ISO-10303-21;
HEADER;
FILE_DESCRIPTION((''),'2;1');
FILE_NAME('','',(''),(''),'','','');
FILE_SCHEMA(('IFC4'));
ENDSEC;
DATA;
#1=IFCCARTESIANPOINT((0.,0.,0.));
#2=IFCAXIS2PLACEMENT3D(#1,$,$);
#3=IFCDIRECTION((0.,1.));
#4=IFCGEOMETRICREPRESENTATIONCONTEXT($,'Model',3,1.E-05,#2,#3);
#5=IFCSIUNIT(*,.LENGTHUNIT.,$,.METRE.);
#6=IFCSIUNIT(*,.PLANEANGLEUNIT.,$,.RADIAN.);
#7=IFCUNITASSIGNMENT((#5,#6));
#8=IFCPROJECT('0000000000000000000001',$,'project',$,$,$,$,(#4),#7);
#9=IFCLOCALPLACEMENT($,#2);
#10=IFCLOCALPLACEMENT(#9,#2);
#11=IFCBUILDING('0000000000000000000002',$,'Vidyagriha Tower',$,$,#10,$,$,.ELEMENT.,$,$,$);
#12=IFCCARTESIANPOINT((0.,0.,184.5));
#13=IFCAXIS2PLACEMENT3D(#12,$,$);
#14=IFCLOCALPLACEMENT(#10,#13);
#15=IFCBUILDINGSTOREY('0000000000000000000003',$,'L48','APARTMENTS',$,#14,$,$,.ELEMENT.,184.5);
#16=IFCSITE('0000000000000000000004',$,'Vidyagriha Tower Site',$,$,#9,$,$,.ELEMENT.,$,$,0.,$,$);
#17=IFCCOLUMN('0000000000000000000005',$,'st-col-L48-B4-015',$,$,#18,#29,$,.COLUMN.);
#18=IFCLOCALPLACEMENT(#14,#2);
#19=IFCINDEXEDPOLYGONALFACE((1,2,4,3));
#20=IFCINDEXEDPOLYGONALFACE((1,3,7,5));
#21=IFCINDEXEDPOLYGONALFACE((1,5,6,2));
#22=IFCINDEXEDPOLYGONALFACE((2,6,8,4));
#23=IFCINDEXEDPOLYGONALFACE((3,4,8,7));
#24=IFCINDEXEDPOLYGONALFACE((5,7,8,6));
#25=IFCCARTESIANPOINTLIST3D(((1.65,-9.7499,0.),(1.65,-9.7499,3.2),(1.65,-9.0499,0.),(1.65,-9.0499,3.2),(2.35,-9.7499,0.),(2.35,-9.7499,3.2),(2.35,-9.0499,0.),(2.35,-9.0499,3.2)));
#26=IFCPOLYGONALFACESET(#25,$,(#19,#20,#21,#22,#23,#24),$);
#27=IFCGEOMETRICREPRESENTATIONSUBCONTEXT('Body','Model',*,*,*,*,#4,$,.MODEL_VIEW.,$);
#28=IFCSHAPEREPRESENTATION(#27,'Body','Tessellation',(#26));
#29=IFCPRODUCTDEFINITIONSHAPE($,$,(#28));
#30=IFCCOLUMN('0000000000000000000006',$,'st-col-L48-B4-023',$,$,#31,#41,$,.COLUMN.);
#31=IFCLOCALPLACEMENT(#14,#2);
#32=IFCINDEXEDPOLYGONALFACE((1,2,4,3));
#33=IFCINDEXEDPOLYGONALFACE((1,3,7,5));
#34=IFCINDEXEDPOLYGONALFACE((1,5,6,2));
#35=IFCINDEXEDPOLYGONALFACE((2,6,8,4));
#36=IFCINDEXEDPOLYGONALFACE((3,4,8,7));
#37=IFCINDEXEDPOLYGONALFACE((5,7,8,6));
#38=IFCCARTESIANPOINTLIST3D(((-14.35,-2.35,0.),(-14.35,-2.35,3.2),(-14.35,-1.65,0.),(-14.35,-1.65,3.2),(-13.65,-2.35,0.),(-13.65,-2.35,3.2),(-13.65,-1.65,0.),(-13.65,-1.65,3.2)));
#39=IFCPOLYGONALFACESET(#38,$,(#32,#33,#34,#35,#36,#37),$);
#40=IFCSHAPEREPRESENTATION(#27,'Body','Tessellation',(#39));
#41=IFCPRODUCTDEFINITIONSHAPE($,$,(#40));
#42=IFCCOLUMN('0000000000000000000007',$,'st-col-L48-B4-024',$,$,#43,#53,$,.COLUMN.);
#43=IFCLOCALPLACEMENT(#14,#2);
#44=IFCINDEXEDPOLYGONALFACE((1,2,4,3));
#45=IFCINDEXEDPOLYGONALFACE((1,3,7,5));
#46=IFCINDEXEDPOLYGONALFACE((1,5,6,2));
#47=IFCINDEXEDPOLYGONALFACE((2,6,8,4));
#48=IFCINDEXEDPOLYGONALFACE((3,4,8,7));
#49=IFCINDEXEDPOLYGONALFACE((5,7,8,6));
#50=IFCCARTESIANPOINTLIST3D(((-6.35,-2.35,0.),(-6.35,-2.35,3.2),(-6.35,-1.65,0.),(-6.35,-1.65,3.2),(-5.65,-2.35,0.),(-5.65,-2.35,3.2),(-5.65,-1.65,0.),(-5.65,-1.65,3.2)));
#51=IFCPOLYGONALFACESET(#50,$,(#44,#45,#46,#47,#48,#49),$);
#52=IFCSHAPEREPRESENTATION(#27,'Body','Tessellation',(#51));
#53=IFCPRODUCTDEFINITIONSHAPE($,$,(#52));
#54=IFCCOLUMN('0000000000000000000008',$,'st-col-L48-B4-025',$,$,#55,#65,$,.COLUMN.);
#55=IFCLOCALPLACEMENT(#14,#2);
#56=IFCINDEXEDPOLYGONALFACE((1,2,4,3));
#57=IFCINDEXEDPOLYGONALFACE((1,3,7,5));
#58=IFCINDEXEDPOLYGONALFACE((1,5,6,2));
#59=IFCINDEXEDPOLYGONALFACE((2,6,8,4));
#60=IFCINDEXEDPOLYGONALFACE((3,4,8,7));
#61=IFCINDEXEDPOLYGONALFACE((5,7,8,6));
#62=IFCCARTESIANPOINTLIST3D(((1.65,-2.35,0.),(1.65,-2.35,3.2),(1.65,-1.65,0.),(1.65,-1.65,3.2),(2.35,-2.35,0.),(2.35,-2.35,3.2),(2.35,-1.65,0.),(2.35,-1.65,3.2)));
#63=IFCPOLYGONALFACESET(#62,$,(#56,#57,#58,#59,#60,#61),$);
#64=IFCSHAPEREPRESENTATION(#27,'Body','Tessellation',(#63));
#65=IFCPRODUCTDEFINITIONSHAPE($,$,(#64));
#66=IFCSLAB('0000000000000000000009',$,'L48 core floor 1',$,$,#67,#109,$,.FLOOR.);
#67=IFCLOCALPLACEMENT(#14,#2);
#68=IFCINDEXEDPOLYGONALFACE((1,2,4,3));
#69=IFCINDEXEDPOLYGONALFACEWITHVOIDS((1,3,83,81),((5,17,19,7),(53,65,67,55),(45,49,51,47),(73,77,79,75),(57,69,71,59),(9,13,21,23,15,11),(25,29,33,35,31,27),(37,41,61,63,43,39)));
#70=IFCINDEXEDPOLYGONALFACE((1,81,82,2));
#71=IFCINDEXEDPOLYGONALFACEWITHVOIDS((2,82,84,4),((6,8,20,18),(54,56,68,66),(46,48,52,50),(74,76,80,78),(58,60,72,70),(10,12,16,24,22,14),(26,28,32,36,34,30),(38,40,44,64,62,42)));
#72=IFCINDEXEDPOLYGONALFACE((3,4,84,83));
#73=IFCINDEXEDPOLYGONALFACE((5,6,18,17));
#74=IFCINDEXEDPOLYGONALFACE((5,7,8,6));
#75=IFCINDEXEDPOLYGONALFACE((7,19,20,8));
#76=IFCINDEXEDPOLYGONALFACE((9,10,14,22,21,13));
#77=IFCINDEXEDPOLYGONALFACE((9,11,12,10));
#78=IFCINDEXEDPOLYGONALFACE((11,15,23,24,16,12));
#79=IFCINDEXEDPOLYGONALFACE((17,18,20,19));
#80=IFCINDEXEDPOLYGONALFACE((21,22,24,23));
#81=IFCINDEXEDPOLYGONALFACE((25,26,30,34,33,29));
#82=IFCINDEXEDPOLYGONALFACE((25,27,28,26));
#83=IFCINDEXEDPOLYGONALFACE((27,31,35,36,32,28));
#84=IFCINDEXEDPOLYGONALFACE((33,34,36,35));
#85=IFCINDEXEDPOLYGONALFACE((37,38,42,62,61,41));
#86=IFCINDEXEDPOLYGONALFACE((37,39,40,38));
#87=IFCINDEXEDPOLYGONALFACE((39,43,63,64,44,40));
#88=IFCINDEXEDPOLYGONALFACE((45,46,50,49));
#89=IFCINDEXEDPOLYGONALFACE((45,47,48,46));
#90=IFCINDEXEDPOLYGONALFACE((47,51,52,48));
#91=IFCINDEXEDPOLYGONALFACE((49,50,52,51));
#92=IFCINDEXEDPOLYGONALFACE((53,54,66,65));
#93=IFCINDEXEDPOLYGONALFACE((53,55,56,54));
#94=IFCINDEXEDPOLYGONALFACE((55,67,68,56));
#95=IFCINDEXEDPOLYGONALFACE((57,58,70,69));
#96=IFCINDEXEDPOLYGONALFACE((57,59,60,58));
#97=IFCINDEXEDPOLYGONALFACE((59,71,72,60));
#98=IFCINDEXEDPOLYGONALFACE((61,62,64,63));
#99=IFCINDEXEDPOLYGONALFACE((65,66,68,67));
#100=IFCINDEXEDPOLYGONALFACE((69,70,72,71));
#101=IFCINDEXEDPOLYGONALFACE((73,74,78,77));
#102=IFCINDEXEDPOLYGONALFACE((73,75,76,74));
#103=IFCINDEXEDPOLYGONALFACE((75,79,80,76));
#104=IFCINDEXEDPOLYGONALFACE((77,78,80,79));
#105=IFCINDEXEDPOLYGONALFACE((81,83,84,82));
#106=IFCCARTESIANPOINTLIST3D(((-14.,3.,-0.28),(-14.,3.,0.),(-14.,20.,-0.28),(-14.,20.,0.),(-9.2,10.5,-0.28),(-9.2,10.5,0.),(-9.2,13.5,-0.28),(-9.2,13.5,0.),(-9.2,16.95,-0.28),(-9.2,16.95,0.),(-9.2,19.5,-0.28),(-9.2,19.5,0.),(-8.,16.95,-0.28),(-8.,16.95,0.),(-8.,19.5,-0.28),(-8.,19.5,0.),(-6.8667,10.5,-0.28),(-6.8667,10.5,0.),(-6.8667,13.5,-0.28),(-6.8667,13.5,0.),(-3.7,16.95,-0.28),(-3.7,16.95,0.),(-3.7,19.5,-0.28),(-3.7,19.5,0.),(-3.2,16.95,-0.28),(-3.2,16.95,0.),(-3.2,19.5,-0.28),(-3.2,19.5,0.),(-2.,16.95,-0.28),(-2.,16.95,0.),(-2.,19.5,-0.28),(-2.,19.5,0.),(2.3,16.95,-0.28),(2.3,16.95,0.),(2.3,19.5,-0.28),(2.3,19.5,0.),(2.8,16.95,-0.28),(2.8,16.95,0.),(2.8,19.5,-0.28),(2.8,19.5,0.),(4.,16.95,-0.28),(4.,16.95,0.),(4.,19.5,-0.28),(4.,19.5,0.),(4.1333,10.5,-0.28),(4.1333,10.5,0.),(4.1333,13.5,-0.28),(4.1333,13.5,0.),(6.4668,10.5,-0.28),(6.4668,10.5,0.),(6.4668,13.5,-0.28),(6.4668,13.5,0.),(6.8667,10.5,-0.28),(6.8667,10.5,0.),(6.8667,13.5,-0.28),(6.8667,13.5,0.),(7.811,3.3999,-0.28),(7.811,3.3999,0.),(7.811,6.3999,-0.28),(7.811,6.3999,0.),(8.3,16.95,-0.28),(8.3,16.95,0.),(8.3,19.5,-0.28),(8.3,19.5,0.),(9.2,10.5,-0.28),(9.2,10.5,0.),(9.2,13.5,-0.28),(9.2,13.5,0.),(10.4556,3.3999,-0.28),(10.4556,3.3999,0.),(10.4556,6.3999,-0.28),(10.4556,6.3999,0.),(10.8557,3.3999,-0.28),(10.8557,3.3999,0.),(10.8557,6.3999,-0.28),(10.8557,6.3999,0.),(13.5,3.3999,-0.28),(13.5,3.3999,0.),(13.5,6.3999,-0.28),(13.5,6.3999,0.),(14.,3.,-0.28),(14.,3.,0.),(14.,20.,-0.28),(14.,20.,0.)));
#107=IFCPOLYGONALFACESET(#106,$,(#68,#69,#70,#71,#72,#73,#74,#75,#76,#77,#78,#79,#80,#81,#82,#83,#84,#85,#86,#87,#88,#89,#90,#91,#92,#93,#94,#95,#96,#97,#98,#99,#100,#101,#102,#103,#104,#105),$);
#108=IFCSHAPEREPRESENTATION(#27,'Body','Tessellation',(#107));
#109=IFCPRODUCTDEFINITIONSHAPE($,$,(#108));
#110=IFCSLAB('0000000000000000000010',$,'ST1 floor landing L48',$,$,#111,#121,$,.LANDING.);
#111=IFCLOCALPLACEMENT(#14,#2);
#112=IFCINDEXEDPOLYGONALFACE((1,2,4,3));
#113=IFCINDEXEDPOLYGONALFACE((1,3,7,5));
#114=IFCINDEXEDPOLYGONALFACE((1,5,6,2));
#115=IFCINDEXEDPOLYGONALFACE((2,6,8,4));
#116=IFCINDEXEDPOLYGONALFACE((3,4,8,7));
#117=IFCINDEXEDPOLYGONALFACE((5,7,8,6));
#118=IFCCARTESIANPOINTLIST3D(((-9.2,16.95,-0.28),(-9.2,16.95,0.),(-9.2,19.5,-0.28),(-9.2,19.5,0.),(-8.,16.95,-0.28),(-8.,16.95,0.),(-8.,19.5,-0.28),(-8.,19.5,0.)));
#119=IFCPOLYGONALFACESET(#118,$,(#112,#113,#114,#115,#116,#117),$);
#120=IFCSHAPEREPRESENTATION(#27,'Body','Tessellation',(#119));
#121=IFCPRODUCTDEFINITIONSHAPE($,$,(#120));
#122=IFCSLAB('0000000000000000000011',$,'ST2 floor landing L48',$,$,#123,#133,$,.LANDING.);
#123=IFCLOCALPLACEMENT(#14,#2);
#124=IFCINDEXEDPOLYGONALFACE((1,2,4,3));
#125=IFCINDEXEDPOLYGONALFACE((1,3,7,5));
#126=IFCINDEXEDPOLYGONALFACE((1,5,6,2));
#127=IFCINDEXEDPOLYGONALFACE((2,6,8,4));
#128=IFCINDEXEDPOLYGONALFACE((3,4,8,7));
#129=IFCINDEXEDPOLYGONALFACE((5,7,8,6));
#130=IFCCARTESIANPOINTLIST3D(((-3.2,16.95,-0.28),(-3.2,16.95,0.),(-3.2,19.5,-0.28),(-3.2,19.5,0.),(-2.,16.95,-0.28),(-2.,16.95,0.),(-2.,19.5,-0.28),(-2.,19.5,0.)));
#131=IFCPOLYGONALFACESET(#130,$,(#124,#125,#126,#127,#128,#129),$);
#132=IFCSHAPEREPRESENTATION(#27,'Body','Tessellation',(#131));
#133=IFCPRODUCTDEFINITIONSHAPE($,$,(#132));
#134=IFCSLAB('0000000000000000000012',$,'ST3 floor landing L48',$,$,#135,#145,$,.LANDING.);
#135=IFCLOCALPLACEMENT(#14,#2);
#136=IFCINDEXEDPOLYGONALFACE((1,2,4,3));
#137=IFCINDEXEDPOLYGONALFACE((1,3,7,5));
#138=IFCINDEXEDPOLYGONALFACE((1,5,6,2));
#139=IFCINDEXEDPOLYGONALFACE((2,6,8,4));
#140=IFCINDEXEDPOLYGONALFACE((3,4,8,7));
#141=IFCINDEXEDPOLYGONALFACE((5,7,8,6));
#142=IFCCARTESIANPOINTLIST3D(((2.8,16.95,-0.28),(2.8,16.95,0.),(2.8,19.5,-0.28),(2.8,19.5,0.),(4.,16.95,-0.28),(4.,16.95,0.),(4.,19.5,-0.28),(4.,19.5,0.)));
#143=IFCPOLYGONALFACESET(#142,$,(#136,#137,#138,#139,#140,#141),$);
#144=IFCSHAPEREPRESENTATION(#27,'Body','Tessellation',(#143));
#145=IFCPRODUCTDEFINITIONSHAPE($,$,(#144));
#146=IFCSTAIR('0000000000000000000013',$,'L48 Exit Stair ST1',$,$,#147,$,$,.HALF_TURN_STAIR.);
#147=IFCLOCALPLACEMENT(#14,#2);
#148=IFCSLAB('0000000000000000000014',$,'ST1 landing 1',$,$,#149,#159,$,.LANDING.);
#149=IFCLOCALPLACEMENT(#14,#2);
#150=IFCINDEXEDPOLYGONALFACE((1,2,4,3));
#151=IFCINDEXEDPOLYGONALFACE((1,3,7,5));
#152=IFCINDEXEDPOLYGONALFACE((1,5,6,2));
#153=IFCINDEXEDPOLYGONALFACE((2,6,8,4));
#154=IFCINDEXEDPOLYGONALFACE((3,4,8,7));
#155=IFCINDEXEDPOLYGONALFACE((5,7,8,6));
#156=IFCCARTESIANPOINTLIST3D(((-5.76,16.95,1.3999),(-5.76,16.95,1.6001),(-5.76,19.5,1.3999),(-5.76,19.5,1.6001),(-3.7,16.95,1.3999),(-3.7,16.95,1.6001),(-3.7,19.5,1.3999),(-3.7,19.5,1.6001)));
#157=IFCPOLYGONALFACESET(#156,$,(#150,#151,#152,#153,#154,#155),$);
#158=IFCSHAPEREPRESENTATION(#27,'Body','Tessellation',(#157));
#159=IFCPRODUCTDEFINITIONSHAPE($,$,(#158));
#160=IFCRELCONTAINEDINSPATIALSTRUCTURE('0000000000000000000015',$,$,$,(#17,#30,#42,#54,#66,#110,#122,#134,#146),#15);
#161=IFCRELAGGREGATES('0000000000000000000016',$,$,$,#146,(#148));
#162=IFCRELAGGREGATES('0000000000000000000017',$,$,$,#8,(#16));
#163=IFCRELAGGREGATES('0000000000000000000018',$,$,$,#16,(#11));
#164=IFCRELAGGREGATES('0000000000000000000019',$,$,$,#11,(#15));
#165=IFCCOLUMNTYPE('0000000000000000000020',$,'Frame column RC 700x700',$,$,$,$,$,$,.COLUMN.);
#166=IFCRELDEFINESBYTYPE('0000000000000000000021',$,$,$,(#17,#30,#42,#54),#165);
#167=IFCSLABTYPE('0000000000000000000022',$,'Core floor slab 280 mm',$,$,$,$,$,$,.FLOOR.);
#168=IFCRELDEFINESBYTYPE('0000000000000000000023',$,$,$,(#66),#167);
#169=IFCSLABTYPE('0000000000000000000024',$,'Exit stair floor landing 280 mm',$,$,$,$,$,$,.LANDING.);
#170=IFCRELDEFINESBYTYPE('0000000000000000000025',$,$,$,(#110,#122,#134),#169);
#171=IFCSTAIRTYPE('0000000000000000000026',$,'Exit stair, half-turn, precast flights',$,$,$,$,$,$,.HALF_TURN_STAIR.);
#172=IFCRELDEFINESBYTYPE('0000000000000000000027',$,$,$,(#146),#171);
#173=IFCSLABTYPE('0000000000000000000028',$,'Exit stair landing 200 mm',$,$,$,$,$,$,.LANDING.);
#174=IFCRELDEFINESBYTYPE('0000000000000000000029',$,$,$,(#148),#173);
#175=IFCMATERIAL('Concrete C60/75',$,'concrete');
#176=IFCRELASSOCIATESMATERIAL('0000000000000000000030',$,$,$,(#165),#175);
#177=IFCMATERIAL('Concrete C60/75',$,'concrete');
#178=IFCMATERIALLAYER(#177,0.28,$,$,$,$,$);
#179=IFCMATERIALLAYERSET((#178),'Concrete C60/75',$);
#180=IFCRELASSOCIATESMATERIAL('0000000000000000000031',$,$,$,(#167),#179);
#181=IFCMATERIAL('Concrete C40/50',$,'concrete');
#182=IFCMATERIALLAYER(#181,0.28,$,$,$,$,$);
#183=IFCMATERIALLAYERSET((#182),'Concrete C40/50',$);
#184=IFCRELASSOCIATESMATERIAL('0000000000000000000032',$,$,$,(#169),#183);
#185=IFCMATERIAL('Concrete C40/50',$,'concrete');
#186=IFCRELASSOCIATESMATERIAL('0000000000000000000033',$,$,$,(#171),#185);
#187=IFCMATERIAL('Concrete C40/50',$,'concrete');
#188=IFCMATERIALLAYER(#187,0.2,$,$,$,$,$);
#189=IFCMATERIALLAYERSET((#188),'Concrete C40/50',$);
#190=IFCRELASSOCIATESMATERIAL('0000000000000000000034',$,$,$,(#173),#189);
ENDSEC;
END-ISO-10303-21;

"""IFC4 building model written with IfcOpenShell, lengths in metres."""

from ifc_helpers import new_model, si_unit, direction, frame, origin, origin_2d, place, context, subcontext, project, spatial, polyline, rectangle, outline, extrude, material, layer, layer_set, material_profile, profile_set, type_object, element, aggregate, save


model = new_model("IFC4")

# Units and contexts
model_context = context("Model", 3, precision=1e-05, world=origin(), true_north=direction((0.0, 1.0)))
body_context = subcontext(model_context, "Body", "Model", "MODEL_VIEW")
ifc_project = project(units=[si_unit("LENGTHUNIT", "METRE"), si_unit("PLANEANGLEUNIT", "RADIAN")], contexts=[model_context])

# Site, building, storey
site_placement = place(None, origin())
site = spatial("IfcSite", under=ifc_project, at=site_placement, Name="Vidyagriha Tower Site", CompositionType="ELEMENT", RefElevation=0.0)
building_placement = place(site_placement, origin())
building = spatial("IfcBuilding", under=site, at=building_placement, Name="Vidyagriha Tower", CompositionType="ELEMENT")
storey_placement = place(building_placement, frame((0.0, 0.0, 184.5)))
storey = spatial("IfcBuildingStorey", under=building, at=storey_placement, Name="L48", Description="APARTMENTS", CompositionType="ELEMENT", Elevation=184.5)

# Columns
ifc_material_1 = material(Name="Concrete C60/75", Category="concrete")
ifc_material_profile = material_profile(ifc_material_1, rectangle(XDim=0.7, YDim=0.7, at=origin_2d()), Name="RC 700x700")
ifc_profile_set = profile_set([ifc_material_profile], Name="Concrete C60/75")
column_type = type_object("IfcColumnType", Name="Frame column RC 700x700", PredefinedType="COLUMN", material=ifc_profile_set)
for number, where, name in (
    (1, (2.0, -9.3999, 0.0), "st-col-L48-B4-015"),
    (2, (-14.0, -2.0, 0.0), "st-col-L48-B4-023"),
    (3, (-6.0, -2.0, 0.0), "st-col-L48-B4-024"),
    (4, (2.0, -2.0, 0.0), "st-col-L48-B4-025"),
):
    element("IfcColumn", number, at=place(storey_placement, frame(where)), inside=storey, type_object=column_type, Name=name, PredefinedType="COLUMN", context=body_context, shape_type="SweptSolid", body=[
        extrude(rectangle(XDim=0.7, YDim=0.7, at=origin_2d()), origin(), (0.0, 0.0, 1.0), 3.2),
    ])

# Slabs
ifc_material_2 = material(Name="Concrete C60/75", Category="concrete")
ifc_layer_1 = layer(ifc_material_2, 0.28)
ifc_layer_set_1 = layer_set([ifc_layer_1], Name="Concrete C60/75")
slab_type_1 = type_object("IfcSlabType", Name="Core floor slab 280 mm", PredefinedType="FLOOR", material=ifc_layer_set_1)
slab_1_placement = place(storey_placement, frame((0.0, 0.0, -0.28)))
element("IfcSlab", 5, at=slab_1_placement, inside=storey, type_object=slab_type_1, Name="L48 core floor 1", PredefinedType="FLOOR", context=body_context, shape_type="SweptSolid", body=[
    extrude(outline(polyline([(-14.0, 3.0), (-14.0, 20.0), (14.0, 20.0), (14.0, 3.0), (-14.0, 3.0)]), holes=[polyline([(13.5, 6.3999), (10.8557, 6.3999), (10.8557, 3.3999), (13.5, 3.3999), (13.5, 6.3999)]), polyline([(10.4556, 6.3999), (7.811, 6.3999), (7.811, 3.3999), (10.4556, 3.3999), (10.4556, 6.3999)]), polyline([(9.2, 13.5), (6.8667, 13.5), (6.8667, 10.5), (9.2, 10.5), (9.2, 13.5)]), polyline([(2.8, 19.5), (2.8, 16.95), (4.0, 16.95), (8.3, 16.95), (8.3, 19.5), (4.0, 19.5), (2.8, 19.5)]), polyline([(4.1333, 13.5), (4.1333, 10.5), (6.4668, 10.5), (6.4668, 13.5), (4.1333, 13.5)]), polyline([(-2.0, 19.5), (-3.2, 19.5), (-3.2, 16.95), (-2.0, 16.95), (2.3, 16.95), (2.3, 19.5), (-2.0, 19.5)]), polyline([(-9.2, 19.5), (-9.2, 16.95), (-8.0, 16.95), (-3.7, 16.95), (-3.7, 19.5), (-8.0, 19.5), (-9.2, 19.5)]), polyline([(-9.2, 13.5), (-9.2, 10.5), (-6.8667, 10.5), (-6.8667, 13.5), (-9.2, 13.5)])]), origin(), (0.0, 0.0, 1.0), 0.28),
])
ifc_material_3 = material(Name="Concrete C40/50", Category="concrete")
ifc_layer_2 = layer(ifc_material_3, 0.28)
ifc_layer_set_2 = layer_set([ifc_layer_2], Name="Concrete C40/50")
slab_type_2 = type_object("IfcSlabType", Name="Exit stair floor landing 280 mm", PredefinedType="LANDING", material=ifc_layer_set_2)
slab_2_placement = place(storey_placement, frame((0.0, 0.0, -0.28)))
element("IfcSlab", 6, at=slab_2_placement, inside=storey, type_object=slab_type_2, Name="ST1 floor landing L48", PredefinedType="LANDING", context=body_context, shape_type="SweptSolid", body=[
    extrude(outline(polyline([(-9.2, 16.95), (-8.0, 16.95), (-8.0, 19.5), (-9.2, 19.5), (-9.2, 16.95)])), origin(), (0.0, 0.0, 1.0), 0.28),
])
slab_3_placement = place(storey_placement, frame((0.0, 0.0, -0.28)))
element("IfcSlab", 7, at=slab_3_placement, inside=storey, type_object=slab_type_2, Name="ST2 floor landing L48", PredefinedType="LANDING", context=body_context, shape_type="SweptSolid", body=[
    extrude(outline(polyline([(-3.2, 16.95), (-2.0, 16.95), (-2.0, 19.5), (-3.2, 19.5), (-3.2, 16.95)])), origin(), (0.0, 0.0, 1.0), 0.28),
])
slab_4_placement = place(storey_placement, frame((0.0, 0.0, -0.28)))
element("IfcSlab", 8, at=slab_4_placement, inside=storey, type_object=slab_type_2, Name="ST3 floor landing L48", PredefinedType="LANDING", context=body_context, shape_type="SweptSolid", body=[
    extrude(outline(polyline([(2.8, 16.95), (4.0, 16.95), (4.0, 19.5), (2.8, 19.5), (2.8, 16.95)])), origin(), (0.0, 0.0, 1.0), 0.28),
])

# Stair, slab
ifc_material_4 = material(Name="Concrete C40/50", Category="concrete")
stair_type = type_object("IfcStairType", Name="Exit stair, half-turn, precast flights", PredefinedType="HALF_TURN_STAIR", material=ifc_material_4)
stair_placement = place(storey_placement, origin())
stair = element("IfcStair", 9, at=stair_placement, inside=storey, type_object=stair_type, Name="L48 Exit Stair ST1", PredefinedType="HALF_TURN_STAIR")
ifc_material_5 = material(Name="Concrete C40/50", Category="concrete")
ifc_layer_3 = layer(ifc_material_5, 0.2)
ifc_layer_set_3 = layer_set([ifc_layer_3], Name="Concrete C40/50")
slab_type_3 = type_object("IfcSlabType", Name="Exit stair landing 200 mm", PredefinedType="LANDING", material=ifc_layer_set_3)
slab_5_placement = place(storey_placement, frame((0.0, 0.0, 1.3999)))
slab_5 = element("IfcSlab", 10, at=slab_5_placement, type_object=slab_type_3, Name="ST1 landing 1", PredefinedType="LANDING", context=body_context, shape_type="SweptSolid", body=[
    extrude(outline(polyline([(-5.76, 16.95), (-3.7, 16.95), (-3.7, 19.5), (-5.76, 19.5), (-5.76, 16.95)])), origin(), (0.0, 0.0, 1.0), 0.2002),
])
aggregate(stair, [slab_5])

save(model, "model.ifc")
